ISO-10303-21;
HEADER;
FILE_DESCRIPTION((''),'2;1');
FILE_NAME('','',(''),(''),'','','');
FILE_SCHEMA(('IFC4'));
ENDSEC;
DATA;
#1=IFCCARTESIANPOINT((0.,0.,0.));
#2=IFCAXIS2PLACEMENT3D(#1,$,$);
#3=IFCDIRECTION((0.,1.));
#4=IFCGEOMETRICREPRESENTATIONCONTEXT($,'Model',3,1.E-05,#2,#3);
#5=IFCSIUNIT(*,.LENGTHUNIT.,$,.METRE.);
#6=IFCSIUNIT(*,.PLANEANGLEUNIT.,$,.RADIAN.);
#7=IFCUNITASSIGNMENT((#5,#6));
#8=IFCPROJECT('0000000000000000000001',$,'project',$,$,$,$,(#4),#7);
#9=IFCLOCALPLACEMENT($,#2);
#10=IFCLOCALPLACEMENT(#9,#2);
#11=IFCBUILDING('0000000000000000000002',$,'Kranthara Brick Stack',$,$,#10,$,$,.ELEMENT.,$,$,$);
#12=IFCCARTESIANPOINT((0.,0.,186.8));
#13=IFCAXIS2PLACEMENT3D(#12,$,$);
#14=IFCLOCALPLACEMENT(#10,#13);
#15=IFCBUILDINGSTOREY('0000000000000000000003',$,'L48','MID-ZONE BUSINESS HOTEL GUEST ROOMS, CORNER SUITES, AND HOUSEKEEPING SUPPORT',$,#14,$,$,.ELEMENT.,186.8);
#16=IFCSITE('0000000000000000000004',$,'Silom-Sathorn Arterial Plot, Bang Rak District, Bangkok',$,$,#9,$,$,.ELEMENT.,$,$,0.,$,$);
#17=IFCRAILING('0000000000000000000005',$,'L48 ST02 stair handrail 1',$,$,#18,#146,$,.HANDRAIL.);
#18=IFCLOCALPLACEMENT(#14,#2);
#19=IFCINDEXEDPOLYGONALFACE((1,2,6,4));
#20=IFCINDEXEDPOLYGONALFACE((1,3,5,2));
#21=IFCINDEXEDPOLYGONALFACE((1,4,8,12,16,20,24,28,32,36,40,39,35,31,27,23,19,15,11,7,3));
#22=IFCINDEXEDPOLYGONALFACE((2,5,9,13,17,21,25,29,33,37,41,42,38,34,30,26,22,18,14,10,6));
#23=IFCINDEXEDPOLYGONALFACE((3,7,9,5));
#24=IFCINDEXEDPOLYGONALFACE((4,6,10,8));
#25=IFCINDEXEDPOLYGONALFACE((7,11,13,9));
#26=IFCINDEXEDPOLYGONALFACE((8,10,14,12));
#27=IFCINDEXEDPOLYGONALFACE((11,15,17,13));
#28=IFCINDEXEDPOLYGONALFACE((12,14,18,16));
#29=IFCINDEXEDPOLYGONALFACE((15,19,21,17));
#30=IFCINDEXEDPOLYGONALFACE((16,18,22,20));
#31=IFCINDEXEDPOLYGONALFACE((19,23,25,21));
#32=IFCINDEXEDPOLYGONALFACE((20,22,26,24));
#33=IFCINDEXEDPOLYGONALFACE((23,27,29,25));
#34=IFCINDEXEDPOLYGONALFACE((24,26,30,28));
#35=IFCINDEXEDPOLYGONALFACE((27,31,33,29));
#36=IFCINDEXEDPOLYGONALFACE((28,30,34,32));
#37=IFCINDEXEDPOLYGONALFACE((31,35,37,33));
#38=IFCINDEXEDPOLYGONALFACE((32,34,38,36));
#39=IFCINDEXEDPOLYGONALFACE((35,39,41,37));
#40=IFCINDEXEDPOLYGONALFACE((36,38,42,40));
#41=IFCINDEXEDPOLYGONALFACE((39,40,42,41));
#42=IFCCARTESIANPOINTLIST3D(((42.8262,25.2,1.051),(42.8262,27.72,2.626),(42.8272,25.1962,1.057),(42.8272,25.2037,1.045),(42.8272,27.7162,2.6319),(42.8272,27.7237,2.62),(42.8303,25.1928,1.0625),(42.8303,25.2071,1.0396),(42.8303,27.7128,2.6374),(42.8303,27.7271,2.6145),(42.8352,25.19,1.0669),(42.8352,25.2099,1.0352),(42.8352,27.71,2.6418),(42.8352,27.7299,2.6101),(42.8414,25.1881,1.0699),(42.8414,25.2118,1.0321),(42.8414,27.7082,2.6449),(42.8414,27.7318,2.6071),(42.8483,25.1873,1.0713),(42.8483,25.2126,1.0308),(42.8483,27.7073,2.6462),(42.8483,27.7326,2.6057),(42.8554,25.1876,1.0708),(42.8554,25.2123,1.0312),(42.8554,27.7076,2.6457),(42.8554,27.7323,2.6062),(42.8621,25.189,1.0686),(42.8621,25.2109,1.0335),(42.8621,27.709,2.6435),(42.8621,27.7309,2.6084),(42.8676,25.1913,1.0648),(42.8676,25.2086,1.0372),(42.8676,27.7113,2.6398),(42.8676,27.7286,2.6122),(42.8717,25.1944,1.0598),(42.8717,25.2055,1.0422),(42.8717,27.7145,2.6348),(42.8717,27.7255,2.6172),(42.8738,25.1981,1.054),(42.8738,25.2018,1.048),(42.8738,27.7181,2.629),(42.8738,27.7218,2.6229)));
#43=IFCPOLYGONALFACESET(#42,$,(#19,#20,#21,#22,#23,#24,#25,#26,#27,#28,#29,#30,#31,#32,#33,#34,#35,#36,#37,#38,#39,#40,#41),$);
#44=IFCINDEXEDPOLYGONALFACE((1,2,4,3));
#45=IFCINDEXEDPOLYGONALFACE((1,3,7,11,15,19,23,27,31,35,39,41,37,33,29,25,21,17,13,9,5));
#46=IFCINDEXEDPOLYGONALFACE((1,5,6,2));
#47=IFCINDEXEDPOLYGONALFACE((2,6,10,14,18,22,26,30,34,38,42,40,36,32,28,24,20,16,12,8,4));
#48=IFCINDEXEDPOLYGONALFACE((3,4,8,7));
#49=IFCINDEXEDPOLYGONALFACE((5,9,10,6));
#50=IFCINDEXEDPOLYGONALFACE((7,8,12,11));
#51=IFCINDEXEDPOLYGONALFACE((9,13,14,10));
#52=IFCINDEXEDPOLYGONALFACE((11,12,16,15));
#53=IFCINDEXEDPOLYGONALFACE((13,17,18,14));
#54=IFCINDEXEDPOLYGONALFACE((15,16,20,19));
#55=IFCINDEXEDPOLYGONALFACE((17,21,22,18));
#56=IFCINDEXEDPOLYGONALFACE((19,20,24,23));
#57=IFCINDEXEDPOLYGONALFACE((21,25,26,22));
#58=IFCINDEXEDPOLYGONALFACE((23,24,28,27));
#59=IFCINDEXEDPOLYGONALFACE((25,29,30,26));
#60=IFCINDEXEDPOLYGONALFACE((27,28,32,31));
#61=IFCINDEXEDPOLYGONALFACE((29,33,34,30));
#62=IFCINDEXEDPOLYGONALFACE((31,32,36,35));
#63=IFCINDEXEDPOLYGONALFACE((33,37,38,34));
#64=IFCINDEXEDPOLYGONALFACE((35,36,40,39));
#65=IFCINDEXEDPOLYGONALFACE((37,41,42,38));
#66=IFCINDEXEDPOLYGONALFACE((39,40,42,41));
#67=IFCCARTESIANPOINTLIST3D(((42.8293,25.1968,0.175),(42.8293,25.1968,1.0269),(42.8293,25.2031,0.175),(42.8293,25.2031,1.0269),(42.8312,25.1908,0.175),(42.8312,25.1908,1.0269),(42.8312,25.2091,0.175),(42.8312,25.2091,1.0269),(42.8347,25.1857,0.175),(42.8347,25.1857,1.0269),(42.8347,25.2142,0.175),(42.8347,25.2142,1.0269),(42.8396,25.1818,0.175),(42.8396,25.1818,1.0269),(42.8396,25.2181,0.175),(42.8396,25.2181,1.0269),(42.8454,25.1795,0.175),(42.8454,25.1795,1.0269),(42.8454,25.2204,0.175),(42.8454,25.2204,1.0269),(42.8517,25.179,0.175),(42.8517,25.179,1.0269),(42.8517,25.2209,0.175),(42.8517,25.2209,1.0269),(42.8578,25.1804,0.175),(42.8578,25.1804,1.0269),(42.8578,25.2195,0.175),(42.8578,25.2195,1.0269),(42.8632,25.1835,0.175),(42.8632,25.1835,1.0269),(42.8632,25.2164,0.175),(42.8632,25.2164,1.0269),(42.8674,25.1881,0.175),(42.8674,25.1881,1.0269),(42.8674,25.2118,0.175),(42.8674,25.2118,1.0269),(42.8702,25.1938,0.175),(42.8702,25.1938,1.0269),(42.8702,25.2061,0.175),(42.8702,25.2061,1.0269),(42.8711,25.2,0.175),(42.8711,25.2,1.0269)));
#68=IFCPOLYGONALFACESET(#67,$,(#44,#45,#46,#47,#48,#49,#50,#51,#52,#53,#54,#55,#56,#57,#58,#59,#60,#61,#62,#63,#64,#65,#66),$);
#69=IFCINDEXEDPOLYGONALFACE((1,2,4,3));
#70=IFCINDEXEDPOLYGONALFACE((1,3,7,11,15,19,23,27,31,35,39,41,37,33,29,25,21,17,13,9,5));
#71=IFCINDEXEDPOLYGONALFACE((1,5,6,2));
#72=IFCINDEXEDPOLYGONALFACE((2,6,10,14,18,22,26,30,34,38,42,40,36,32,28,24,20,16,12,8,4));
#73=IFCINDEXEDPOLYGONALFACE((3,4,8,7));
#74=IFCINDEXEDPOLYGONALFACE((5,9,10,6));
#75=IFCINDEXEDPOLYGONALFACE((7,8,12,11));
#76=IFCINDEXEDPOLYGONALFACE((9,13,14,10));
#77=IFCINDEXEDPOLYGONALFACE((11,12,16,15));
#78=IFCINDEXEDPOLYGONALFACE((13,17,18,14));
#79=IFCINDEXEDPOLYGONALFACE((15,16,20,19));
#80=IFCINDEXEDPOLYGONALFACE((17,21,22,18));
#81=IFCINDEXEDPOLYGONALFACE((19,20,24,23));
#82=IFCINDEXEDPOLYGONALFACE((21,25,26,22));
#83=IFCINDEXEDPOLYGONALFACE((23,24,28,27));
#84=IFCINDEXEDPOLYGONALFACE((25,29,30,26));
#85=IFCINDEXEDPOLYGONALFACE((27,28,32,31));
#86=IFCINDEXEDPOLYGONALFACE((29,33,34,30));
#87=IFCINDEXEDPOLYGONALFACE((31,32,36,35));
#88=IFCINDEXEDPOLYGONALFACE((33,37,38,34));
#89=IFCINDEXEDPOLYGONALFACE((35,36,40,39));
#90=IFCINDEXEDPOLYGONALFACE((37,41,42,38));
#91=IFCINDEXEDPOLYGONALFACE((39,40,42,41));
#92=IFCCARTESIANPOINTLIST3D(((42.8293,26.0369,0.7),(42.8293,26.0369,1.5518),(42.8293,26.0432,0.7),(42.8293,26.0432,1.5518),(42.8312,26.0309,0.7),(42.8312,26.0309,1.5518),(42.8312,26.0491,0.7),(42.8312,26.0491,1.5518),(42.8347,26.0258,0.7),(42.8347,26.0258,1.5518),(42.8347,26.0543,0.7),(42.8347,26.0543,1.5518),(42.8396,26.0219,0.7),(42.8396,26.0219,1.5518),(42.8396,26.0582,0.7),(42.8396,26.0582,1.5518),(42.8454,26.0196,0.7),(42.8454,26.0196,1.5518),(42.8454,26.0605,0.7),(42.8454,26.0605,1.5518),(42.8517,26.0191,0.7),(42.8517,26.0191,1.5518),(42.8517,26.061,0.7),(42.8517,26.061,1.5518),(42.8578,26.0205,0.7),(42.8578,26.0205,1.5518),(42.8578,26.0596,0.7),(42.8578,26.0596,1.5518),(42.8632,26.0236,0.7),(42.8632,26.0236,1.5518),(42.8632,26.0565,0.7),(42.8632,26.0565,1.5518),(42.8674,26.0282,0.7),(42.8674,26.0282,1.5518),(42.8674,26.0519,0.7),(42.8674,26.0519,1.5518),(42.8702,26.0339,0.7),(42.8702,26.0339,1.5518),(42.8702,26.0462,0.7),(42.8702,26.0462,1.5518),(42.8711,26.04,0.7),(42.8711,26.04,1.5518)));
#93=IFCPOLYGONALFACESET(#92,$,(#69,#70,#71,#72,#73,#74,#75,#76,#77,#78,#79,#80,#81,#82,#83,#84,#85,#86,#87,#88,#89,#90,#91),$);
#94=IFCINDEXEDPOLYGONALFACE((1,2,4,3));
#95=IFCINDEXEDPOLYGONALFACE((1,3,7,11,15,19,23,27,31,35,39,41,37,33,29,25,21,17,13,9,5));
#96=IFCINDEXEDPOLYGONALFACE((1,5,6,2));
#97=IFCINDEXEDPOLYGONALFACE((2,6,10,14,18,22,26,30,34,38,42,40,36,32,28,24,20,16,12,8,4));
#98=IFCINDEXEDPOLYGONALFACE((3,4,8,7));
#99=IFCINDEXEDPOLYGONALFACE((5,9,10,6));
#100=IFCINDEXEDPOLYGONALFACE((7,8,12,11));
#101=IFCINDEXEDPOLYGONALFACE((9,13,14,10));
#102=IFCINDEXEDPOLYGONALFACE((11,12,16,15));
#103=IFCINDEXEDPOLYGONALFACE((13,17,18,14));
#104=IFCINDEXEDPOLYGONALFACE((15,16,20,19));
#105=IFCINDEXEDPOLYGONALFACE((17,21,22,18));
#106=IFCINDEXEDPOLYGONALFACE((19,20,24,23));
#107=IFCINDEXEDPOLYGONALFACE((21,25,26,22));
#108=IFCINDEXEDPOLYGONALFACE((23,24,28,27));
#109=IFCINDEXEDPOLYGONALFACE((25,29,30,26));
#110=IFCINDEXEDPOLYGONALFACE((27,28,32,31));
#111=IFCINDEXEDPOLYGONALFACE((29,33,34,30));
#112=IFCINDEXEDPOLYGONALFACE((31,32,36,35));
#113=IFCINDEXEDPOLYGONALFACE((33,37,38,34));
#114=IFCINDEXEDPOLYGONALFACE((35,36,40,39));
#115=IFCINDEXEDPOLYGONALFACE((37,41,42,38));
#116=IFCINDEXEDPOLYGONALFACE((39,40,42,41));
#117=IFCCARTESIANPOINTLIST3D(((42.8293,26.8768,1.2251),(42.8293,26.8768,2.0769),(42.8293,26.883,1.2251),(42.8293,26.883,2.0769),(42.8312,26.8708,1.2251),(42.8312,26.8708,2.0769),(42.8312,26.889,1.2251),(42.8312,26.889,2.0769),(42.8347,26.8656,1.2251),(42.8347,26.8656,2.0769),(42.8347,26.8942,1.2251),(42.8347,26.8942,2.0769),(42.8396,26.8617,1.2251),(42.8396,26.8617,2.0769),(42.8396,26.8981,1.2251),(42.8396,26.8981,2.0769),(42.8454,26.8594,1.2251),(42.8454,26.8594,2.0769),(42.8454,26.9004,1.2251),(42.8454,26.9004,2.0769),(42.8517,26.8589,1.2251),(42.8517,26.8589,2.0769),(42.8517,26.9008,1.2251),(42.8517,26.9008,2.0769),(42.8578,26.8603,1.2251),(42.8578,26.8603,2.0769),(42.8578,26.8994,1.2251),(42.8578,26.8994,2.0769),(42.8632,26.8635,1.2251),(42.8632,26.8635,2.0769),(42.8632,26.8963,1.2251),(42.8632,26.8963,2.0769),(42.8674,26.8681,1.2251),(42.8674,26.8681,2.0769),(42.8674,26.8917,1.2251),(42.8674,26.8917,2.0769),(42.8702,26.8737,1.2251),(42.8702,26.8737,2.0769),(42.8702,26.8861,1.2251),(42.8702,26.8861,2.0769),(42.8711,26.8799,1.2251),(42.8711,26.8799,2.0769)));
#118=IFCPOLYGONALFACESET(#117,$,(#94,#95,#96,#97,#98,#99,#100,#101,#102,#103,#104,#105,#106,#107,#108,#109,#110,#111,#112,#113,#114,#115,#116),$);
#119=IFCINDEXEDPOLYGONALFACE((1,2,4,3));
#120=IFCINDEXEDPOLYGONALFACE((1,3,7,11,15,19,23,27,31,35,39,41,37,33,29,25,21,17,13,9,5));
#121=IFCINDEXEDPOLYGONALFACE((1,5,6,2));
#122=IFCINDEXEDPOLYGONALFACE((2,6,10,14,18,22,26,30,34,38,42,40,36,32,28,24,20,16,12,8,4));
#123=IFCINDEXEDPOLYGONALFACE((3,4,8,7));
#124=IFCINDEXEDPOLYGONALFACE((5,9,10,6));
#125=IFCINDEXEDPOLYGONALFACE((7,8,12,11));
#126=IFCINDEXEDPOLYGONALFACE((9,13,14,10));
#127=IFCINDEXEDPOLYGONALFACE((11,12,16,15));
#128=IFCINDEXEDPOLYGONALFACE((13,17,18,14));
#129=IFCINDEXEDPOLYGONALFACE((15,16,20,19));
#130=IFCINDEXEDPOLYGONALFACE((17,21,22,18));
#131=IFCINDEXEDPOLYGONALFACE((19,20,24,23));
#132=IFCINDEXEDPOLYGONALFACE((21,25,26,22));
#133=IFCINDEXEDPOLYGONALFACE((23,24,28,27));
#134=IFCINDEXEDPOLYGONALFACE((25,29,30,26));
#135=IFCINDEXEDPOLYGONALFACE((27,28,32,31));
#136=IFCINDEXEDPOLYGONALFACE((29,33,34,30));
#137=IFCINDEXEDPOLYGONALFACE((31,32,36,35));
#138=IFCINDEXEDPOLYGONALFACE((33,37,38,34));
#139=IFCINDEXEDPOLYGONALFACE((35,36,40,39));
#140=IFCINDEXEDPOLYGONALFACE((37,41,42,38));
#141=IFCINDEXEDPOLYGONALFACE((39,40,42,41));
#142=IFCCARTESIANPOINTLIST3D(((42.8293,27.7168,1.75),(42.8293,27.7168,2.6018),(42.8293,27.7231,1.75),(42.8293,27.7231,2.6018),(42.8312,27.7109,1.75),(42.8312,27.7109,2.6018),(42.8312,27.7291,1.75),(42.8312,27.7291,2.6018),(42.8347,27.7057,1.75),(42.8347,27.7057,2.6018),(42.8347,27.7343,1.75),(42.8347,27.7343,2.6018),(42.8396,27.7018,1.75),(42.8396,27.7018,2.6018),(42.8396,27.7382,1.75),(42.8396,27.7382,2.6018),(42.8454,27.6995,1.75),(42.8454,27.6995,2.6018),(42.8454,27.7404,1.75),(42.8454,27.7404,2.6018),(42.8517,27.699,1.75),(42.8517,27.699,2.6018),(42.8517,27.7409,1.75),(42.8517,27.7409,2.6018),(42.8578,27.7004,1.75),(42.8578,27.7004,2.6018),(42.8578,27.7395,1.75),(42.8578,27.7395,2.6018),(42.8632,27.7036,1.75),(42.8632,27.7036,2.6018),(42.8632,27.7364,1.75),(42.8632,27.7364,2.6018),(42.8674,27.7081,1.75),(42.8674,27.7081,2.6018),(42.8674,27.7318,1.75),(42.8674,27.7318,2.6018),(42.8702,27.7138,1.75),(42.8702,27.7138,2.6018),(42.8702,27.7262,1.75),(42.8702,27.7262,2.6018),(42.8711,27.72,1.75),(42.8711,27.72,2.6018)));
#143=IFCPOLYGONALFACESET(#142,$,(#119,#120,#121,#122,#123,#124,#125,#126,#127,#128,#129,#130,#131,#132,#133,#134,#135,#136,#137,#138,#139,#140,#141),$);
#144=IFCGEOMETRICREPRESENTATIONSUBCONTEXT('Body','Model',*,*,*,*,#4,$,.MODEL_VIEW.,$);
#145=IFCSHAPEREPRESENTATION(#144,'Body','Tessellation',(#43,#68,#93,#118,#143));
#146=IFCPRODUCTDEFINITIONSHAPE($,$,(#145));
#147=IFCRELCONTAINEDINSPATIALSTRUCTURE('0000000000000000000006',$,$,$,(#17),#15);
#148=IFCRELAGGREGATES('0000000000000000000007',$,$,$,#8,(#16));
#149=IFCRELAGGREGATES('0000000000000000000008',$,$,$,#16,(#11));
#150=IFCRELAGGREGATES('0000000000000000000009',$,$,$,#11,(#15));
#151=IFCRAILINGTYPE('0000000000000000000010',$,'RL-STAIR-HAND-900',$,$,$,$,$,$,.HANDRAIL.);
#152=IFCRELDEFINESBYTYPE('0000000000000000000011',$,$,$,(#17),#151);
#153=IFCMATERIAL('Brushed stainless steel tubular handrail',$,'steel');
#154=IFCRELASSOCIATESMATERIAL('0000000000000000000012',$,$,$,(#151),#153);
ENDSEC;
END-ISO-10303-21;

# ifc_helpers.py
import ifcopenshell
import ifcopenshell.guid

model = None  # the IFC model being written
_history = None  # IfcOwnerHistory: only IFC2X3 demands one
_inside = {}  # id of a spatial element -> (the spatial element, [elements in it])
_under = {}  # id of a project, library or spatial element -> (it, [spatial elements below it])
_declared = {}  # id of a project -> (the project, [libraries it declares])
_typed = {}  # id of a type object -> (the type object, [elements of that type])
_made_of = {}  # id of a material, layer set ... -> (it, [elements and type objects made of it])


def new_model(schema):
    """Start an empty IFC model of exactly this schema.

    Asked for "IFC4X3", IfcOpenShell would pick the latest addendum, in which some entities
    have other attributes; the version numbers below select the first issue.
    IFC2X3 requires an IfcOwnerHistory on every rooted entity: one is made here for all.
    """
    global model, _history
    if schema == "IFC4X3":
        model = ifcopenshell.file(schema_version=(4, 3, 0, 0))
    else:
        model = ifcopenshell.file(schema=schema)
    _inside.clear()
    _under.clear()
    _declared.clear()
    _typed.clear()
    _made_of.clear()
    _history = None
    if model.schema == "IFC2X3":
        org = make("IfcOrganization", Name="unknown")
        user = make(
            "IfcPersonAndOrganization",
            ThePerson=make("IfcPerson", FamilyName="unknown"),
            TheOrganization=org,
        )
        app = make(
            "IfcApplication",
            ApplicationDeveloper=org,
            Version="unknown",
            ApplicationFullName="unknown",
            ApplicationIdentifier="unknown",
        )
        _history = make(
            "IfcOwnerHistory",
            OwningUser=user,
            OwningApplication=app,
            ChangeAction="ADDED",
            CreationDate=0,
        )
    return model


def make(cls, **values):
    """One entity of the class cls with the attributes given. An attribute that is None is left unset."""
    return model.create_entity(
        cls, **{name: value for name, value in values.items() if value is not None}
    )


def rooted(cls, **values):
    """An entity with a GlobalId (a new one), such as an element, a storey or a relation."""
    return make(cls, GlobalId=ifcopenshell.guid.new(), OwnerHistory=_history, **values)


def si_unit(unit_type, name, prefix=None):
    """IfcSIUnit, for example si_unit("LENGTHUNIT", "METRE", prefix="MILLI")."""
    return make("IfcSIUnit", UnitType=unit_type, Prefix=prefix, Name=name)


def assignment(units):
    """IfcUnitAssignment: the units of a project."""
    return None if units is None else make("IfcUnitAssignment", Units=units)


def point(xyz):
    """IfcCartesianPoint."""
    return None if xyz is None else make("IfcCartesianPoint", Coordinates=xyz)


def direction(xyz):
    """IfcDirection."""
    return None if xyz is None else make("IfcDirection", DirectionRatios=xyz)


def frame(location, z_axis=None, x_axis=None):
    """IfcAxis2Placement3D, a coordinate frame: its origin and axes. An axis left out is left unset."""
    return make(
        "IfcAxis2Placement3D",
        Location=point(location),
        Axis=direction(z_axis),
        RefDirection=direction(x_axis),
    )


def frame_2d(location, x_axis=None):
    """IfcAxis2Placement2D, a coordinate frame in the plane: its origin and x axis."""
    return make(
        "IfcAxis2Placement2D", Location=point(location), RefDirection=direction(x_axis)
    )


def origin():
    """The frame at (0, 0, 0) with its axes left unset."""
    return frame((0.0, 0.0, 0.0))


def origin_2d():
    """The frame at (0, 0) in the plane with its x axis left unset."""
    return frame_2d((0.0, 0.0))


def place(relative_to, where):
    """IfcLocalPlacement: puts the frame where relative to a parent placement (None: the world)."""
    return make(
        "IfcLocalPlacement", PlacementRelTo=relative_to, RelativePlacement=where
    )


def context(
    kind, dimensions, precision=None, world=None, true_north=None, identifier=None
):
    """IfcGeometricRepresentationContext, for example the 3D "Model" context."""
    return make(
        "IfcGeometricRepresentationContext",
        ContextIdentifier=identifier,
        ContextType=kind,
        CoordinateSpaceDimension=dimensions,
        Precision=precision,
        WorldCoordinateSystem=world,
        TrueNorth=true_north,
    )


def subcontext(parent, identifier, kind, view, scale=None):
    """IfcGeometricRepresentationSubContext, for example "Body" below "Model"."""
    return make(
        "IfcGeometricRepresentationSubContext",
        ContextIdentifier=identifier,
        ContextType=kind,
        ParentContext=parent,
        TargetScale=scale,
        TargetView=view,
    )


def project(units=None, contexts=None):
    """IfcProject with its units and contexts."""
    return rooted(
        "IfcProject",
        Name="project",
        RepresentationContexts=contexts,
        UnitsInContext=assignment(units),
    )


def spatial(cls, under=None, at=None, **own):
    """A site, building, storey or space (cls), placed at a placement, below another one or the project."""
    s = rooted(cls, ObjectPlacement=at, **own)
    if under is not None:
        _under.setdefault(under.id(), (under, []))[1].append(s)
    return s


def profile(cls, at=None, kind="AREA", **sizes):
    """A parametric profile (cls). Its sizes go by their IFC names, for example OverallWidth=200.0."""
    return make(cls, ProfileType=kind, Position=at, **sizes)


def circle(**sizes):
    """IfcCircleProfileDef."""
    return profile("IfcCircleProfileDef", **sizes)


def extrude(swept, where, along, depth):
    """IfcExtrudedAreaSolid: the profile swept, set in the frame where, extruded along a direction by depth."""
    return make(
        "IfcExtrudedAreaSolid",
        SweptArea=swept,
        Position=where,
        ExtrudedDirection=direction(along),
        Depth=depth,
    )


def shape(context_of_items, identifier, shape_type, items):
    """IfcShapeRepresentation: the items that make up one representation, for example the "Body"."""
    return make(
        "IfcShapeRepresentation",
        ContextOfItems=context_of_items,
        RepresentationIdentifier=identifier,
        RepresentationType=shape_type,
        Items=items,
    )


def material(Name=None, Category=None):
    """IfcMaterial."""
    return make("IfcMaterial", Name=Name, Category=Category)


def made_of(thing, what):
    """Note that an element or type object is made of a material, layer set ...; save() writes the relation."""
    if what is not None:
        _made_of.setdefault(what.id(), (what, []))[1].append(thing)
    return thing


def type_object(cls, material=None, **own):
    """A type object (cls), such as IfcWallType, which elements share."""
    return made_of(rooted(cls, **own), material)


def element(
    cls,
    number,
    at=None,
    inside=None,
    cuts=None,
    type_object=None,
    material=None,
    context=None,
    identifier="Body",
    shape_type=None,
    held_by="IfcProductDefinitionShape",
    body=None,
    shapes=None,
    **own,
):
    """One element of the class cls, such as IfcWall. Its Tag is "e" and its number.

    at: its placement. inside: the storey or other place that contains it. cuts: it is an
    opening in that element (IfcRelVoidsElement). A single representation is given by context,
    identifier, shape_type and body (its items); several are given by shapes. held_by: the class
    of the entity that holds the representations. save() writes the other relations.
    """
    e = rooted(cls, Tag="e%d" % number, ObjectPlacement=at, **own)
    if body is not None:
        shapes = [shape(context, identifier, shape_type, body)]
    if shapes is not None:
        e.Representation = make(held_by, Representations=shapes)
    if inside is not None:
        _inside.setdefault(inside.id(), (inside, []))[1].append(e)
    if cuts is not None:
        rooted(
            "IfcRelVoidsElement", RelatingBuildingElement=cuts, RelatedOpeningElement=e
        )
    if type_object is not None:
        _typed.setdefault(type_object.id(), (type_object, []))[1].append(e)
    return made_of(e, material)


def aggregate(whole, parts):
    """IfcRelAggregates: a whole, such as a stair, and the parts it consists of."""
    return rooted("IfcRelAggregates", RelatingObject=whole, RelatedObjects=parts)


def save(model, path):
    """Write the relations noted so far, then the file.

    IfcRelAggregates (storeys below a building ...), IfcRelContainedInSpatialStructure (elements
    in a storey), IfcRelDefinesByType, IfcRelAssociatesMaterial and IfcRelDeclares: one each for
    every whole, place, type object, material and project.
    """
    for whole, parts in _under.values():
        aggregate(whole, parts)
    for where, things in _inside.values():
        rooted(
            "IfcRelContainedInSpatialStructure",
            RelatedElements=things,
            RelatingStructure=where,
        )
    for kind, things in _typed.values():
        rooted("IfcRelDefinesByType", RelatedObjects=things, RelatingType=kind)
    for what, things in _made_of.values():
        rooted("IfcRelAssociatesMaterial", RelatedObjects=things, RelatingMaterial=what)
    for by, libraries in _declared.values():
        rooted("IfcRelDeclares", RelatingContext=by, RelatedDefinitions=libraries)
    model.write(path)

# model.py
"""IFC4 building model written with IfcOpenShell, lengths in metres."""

from ifc_helpers import new_model, si_unit, direction, frame, origin, origin_2d, place, context, subcontext, project, spatial, circle, extrude, material, type_object, element, save


model = new_model("IFC4")

# Units and contexts
model_context = context("Model", 3, precision=1e-05, world=origin(), true_north=direction((0.0, 1.0)))
body_context = subcontext(model_context, "Body", "Model", "MODEL_VIEW")
ifc_project = project(units=[si_unit("LENGTHUNIT", "METRE"), si_unit("PLANEANGLEUNIT", "RADIAN")], contexts=[model_context])

# Site, building, storey
site_placement = place(None, origin())
site = spatial("IfcSite", under=ifc_project, at=site_placement, Name="Silom-Sathorn Arterial Plot, Bang Rak District, Bangkok", CompositionType="ELEMENT", RefElevation=0.0)
building_placement = place(site_placement, origin())
building = spatial("IfcBuilding", under=site, at=building_placement, Name="Kranthara Brick Stack", CompositionType="ELEMENT")
storey_placement = place(building_placement, frame((0.0, 0.0, 186.8)))
storey = spatial("IfcBuildingStorey", under=building, at=storey_placement, Name="L48", Description="MID-ZONE BUSINESS HOTEL GUEST ROOMS, CORNER SUITES, AND HOUSEKEEPING SUPPORT", CompositionType="ELEMENT", Elevation=186.8)

# Railing
ifc_material_1 = material(Name="Brushed stainless steel tubular handrail", Category="steel")
railing_type_1 = type_object("IfcRailingType", Name="RL-STAIR-HAND-900", PredefinedType="HANDRAIL", material=ifc_material_1)
railing_1_placement = place(storey_placement, frame((42.8501, 25.2, 0.175)))
element("IfcRailing", 1, at=railing_1_placement, inside=storey, type_object=railing_type_1, Name="L48 ST02 stair handrail 1", PredefinedType="HANDRAIL", context=body_context, shape_type="SweptSolid", body=[
    extrude(circle(Radius=0.0239, at=origin_2d()), frame((0.0, 0.0, 0.876), z_axis=(0.0, 0.848008, 0.529984), x_axis=(-1.0, 0.0, 0.0)), (0.0, 0.0, 1.0), 2.9717),
    extrude(circle(Radius=0.021, at=origin_2d()), origin(), (0.0, 0.0, 1.0), 0.8518),
    extrude(circle(Radius=0.021, at=origin_2d()), frame((0.0, 0.8401, 0.5249)), (0.0, 0.0, 1.0), 0.8518),
    extrude(circle(Radius=0.021, at=origin_2d()), frame((0.0, 1.6799, 1.05)), (0.0, 0.0, 1.0), 0.8518),
    extrude(circle(Radius=0.021, at=origin_2d()), frame((0.0, 2.52, 1.575)), (0.0, 0.0, 1.0), 0.8518),
])

save(model, "model.ifc")
